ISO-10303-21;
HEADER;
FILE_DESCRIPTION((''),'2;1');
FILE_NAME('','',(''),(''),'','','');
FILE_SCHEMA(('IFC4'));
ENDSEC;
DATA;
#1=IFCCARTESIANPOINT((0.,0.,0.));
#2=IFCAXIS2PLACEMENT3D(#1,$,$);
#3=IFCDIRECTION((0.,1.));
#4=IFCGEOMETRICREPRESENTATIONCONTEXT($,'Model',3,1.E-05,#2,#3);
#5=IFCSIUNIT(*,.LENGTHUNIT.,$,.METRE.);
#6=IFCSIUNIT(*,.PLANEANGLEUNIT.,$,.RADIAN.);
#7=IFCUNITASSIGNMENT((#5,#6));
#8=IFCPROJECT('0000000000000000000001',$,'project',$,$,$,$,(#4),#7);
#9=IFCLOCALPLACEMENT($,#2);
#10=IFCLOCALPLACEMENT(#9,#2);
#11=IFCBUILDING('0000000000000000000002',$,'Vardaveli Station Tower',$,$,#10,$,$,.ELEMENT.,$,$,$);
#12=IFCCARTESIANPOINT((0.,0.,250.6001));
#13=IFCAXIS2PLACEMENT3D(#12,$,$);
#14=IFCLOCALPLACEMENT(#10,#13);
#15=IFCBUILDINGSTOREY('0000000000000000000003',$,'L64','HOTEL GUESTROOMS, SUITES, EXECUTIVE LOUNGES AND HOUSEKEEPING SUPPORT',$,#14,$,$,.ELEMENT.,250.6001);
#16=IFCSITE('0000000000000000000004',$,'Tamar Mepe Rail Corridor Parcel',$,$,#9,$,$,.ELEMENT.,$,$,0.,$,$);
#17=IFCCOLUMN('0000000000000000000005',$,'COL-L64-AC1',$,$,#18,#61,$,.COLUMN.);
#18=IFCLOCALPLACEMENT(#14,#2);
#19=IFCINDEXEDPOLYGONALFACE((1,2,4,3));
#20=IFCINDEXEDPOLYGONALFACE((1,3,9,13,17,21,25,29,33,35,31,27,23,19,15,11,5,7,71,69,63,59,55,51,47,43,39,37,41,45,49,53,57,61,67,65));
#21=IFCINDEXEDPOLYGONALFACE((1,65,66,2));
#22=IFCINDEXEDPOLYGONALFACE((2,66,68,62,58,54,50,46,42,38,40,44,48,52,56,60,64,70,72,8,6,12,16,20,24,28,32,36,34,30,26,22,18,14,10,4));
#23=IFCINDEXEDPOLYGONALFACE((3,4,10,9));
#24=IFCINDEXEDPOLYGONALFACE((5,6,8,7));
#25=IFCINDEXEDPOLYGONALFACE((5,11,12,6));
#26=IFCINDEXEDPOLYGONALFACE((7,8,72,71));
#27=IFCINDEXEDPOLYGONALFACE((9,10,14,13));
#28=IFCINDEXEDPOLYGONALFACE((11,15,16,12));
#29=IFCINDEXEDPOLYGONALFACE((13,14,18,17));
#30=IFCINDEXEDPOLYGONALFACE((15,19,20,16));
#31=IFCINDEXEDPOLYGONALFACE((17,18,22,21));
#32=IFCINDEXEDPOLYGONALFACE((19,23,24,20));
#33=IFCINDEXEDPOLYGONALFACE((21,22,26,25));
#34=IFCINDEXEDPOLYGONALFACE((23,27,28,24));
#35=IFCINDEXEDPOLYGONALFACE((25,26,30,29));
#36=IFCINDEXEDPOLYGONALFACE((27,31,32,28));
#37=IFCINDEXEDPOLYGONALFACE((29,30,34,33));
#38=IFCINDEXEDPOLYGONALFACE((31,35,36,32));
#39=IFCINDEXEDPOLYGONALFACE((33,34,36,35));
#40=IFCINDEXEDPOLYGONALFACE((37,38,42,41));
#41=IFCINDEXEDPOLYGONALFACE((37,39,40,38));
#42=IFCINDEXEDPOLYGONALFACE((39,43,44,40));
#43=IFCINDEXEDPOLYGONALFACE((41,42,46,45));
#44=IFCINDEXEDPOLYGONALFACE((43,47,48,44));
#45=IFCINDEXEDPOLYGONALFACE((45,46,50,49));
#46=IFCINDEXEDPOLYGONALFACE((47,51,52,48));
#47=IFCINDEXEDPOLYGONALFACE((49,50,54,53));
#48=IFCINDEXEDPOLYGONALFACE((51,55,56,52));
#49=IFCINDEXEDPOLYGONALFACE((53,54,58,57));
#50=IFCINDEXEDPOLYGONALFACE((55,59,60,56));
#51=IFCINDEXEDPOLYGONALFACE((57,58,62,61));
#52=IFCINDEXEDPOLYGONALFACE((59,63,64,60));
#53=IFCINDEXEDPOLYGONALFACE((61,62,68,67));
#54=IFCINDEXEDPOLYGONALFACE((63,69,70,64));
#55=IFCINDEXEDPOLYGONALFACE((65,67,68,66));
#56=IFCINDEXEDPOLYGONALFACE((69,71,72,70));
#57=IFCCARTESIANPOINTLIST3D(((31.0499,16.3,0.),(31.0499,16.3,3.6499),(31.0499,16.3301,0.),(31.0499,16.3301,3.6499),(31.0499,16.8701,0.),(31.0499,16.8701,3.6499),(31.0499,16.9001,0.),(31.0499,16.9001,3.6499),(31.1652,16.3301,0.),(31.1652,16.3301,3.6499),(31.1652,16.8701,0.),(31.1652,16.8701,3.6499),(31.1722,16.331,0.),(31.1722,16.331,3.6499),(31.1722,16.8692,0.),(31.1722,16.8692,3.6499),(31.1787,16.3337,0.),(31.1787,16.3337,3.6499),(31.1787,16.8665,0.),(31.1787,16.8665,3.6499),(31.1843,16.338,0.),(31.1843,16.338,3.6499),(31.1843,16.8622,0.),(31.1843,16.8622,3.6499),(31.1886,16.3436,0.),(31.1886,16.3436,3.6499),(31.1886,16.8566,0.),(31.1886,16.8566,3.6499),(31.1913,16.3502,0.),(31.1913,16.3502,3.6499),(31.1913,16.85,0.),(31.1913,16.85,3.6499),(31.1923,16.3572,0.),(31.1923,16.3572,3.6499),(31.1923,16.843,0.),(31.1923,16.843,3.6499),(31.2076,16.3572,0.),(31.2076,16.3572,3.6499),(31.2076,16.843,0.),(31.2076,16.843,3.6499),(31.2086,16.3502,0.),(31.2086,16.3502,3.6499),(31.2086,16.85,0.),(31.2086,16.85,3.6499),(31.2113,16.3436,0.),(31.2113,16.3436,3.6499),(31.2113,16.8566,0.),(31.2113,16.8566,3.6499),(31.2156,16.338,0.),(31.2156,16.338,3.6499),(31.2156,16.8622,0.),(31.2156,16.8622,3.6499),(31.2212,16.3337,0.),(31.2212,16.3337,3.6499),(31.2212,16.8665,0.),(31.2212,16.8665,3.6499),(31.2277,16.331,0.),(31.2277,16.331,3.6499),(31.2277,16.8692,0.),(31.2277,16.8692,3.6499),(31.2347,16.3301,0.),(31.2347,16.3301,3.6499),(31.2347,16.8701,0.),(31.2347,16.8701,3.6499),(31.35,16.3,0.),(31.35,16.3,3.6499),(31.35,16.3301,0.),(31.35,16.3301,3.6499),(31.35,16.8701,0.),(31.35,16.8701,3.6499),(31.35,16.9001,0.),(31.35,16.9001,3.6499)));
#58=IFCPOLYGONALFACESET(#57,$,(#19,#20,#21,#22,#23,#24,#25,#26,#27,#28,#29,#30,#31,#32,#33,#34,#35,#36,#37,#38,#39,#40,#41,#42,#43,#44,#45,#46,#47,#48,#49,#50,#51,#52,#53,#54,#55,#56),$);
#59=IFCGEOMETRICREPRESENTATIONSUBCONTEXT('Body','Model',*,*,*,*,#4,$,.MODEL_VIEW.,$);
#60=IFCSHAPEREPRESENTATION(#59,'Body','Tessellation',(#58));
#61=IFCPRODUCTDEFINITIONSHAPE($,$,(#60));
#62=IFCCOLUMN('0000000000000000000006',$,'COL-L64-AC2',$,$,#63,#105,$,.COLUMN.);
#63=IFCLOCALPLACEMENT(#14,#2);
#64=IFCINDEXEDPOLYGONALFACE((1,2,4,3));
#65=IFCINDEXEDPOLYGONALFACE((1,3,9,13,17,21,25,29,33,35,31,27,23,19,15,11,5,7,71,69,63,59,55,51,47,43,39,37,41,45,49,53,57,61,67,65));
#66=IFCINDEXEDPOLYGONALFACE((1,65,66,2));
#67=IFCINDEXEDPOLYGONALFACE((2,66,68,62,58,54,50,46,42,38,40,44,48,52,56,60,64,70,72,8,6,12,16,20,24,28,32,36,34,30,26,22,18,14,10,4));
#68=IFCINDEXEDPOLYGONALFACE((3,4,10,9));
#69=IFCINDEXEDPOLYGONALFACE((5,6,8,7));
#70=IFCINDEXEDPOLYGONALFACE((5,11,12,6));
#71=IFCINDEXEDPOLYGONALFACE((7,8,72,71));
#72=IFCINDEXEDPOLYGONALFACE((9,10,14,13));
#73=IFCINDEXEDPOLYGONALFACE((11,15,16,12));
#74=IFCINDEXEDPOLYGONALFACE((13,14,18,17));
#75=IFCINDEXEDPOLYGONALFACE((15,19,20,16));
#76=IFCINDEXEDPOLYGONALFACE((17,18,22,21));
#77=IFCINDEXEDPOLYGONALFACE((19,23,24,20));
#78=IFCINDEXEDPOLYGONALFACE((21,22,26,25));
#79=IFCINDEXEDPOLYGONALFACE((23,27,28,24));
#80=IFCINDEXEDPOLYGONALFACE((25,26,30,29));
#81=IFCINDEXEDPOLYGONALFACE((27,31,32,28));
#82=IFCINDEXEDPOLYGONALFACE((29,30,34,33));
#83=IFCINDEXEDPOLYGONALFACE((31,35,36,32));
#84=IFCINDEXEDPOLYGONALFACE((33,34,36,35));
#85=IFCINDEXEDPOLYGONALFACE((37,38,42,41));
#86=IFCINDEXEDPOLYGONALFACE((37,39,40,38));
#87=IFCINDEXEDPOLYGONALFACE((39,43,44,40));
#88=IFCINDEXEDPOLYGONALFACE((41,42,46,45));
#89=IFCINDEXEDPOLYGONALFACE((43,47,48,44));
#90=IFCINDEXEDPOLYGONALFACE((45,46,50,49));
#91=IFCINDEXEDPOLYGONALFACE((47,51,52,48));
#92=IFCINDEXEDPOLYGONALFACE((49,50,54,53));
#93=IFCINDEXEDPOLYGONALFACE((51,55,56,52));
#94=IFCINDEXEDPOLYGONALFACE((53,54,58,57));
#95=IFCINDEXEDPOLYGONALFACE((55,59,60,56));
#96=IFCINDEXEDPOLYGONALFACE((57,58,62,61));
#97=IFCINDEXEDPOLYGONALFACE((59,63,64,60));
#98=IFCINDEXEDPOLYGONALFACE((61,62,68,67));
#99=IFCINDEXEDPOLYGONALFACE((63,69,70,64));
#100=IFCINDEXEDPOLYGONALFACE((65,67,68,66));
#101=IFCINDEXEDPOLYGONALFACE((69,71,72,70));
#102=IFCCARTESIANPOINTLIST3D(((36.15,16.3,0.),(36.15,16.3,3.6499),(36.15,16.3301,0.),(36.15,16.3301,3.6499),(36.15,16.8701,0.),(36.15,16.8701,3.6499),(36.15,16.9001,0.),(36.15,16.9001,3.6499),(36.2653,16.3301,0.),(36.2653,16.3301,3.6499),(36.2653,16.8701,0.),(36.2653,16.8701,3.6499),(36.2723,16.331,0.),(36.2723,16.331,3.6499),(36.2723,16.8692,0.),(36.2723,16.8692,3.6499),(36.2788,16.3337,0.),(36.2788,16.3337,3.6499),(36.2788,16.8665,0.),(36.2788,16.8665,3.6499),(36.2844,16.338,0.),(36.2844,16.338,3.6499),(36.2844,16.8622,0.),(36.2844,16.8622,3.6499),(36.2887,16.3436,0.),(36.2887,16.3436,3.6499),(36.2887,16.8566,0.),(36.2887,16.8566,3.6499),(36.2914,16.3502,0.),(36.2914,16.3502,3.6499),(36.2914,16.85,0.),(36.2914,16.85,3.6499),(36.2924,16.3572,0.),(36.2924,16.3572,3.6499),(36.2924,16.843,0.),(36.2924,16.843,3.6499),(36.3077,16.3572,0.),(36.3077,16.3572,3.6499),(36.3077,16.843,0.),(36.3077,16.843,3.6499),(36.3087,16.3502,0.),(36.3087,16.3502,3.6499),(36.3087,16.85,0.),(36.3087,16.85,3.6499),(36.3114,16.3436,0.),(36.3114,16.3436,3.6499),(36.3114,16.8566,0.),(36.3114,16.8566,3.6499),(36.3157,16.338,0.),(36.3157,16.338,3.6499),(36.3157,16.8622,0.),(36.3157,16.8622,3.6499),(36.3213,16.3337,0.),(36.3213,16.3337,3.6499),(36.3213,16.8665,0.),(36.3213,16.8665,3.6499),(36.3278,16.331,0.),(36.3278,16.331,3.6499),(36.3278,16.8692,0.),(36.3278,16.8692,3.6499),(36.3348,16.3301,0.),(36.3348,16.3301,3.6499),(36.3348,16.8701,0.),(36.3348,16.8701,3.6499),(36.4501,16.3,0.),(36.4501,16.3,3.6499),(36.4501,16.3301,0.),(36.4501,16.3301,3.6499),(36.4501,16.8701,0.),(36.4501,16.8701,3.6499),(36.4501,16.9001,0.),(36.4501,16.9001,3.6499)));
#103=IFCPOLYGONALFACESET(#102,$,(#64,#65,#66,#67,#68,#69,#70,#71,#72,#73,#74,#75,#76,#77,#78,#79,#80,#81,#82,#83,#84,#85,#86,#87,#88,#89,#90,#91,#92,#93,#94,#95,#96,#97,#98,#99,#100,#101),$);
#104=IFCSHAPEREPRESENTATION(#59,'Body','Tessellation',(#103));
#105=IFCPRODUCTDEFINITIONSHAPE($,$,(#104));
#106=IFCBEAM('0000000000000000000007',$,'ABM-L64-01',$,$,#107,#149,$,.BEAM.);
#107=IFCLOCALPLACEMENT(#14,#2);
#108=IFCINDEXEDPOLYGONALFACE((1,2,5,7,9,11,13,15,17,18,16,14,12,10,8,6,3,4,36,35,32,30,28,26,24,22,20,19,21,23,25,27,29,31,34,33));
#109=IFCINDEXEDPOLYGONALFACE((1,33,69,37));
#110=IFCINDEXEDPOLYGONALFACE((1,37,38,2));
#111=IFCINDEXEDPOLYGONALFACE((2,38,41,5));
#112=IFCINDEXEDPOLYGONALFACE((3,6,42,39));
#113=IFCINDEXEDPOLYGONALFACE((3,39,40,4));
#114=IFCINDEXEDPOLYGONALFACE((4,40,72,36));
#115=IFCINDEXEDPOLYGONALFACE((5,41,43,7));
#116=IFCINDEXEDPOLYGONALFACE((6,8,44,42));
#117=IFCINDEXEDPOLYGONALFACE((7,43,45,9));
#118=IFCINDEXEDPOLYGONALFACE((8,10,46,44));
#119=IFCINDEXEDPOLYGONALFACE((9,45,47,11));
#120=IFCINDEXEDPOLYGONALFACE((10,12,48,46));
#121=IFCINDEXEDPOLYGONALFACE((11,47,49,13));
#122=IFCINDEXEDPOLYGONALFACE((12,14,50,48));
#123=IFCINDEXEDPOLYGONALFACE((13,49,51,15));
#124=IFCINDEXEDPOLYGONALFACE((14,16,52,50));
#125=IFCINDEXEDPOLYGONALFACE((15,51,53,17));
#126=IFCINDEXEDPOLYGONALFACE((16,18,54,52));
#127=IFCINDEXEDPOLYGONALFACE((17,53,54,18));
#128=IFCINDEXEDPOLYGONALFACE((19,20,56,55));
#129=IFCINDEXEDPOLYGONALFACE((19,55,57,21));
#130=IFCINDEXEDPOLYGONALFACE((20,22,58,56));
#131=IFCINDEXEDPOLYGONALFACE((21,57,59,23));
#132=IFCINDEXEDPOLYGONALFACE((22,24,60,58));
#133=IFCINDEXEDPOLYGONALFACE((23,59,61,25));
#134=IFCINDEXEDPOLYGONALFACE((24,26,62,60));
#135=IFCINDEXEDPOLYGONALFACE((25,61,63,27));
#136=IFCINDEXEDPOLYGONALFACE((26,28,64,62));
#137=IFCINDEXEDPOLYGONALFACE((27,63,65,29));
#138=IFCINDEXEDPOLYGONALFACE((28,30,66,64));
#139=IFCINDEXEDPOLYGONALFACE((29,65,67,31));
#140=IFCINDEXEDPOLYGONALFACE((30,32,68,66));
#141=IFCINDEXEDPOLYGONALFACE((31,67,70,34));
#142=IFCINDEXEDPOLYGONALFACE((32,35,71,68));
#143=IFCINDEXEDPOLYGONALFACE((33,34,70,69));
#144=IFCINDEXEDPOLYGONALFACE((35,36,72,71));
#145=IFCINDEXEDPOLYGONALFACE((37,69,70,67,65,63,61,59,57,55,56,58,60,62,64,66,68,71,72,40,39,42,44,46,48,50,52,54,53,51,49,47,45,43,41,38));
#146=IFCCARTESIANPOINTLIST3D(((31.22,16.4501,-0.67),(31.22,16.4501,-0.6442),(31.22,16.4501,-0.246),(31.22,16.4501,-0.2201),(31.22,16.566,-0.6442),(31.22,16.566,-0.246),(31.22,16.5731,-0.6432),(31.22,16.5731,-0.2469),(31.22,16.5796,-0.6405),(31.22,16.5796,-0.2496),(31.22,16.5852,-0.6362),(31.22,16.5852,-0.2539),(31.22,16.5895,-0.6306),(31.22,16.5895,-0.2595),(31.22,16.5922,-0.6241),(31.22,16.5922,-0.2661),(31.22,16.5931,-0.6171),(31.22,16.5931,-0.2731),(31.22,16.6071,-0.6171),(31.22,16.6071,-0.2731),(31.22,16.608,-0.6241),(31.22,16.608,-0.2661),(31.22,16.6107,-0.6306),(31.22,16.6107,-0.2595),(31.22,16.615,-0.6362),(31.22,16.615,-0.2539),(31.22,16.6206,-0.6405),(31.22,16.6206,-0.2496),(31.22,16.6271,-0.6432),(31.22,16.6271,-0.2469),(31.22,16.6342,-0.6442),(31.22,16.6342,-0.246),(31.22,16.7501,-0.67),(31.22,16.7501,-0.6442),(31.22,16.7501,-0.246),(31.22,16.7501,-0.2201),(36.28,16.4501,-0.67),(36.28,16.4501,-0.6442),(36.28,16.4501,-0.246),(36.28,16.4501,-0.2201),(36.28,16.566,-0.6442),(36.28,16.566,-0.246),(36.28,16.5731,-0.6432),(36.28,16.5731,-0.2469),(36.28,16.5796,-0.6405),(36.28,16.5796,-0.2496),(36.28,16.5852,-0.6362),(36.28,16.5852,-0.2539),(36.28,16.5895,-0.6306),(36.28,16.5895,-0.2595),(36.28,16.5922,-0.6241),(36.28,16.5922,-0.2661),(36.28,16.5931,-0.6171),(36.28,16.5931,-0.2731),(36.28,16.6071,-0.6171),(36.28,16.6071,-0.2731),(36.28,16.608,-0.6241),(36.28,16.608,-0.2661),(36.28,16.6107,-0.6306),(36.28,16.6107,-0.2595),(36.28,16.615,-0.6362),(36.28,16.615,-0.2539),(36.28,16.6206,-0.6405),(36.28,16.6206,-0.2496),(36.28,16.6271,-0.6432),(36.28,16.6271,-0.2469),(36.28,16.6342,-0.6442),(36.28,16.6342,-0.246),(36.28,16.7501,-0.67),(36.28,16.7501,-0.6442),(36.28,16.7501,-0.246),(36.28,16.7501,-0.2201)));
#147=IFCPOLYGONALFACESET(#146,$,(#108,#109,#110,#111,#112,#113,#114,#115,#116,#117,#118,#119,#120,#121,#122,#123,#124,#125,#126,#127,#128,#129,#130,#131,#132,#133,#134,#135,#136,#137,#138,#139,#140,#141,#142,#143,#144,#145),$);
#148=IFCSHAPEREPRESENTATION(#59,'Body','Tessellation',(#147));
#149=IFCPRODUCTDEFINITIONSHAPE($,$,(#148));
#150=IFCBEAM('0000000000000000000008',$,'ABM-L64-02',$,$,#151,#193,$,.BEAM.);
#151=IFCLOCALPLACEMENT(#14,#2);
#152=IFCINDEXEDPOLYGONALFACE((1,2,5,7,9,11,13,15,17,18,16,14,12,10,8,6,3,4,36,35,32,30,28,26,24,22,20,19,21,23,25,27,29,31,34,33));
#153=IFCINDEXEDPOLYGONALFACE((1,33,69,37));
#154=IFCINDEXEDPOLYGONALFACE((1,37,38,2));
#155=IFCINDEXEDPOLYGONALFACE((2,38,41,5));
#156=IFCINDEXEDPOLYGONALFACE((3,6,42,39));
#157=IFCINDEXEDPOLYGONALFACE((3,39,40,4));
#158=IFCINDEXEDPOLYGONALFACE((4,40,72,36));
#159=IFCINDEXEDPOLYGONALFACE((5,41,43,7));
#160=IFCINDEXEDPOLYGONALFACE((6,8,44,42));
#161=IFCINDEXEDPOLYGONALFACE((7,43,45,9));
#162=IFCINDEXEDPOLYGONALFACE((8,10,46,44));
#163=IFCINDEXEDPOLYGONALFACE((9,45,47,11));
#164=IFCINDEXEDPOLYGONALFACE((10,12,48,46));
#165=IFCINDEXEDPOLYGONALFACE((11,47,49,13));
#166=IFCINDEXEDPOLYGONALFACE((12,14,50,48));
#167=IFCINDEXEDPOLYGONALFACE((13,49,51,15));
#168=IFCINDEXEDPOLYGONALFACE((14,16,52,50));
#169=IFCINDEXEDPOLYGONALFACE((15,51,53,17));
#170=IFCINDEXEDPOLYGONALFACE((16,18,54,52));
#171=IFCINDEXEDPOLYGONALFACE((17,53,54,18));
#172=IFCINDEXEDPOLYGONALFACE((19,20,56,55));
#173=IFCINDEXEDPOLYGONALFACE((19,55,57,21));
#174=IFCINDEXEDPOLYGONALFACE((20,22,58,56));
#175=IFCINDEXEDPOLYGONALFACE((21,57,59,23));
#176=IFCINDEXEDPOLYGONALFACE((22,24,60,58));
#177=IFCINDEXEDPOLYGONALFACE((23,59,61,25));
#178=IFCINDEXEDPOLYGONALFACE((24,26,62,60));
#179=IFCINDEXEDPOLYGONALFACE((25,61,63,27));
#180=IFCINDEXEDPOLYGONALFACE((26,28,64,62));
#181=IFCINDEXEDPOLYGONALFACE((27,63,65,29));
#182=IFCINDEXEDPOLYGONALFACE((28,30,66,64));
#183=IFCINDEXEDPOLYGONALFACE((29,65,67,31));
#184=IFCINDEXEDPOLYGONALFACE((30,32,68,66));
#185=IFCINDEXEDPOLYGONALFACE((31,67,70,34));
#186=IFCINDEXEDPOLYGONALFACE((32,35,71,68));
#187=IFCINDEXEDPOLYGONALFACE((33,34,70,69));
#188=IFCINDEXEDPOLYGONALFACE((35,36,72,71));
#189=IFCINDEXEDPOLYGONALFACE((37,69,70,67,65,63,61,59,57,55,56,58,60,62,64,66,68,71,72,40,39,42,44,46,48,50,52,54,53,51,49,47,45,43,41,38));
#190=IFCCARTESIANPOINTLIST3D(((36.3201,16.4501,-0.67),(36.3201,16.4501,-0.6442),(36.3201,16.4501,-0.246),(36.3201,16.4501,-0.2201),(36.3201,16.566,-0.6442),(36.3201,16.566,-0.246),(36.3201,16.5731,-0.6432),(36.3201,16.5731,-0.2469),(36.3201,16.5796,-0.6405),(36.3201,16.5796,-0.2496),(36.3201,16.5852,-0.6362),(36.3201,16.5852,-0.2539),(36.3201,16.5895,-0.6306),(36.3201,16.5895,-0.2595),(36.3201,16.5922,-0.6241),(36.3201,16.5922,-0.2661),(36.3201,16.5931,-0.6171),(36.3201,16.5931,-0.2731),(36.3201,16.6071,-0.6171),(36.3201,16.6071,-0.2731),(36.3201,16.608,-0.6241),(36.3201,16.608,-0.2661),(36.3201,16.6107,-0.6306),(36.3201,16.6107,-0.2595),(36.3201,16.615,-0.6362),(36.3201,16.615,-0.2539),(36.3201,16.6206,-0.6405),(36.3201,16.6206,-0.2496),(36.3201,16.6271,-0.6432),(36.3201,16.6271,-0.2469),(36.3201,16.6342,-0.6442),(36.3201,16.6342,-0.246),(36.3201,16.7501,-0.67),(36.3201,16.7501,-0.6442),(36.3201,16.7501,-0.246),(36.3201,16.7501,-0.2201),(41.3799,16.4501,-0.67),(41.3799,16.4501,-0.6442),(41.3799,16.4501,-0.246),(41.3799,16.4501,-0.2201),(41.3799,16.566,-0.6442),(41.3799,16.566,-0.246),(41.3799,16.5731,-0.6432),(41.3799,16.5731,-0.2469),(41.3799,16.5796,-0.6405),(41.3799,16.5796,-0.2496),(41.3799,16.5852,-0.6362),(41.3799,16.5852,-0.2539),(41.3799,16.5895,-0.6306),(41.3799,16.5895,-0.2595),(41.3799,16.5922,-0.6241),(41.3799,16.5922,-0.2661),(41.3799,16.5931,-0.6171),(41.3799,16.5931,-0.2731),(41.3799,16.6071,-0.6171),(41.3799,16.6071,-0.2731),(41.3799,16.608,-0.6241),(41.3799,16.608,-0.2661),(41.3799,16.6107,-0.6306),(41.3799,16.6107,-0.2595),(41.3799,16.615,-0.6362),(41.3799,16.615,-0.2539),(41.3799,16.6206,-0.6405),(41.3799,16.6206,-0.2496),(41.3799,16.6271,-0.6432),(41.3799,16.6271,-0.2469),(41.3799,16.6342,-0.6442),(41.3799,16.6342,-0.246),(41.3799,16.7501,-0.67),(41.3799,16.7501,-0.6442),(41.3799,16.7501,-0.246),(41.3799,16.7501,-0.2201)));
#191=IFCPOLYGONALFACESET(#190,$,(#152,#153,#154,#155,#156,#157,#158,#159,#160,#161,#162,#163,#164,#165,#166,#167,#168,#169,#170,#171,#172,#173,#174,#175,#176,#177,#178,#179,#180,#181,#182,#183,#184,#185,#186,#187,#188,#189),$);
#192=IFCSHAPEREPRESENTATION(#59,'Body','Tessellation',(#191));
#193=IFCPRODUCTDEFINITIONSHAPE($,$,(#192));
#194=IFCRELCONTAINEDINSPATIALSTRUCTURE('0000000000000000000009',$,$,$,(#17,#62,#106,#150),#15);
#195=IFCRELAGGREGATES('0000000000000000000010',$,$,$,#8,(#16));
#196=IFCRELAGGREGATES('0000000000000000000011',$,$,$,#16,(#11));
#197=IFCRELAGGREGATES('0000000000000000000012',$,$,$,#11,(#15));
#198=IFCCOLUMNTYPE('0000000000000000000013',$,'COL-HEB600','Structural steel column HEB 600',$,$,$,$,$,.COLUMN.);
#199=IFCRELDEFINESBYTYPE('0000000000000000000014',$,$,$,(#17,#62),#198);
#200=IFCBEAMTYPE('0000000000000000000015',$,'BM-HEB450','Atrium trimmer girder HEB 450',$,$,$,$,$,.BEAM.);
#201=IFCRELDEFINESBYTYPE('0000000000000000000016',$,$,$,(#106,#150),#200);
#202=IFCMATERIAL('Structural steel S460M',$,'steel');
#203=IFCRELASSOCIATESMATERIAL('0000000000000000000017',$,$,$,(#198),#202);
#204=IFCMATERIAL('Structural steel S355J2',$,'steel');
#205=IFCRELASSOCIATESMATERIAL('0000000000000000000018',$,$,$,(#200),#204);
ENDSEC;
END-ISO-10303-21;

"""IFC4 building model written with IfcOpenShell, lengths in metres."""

from ifc_helpers import new_model, si_unit, direction, frame, origin, origin_2d, place, context, subcontext, project, spatial, i_section, extrude, source, transform, mapped, material, material_profile, profile_set, type_object, element, save


model = new_model("IFC4")

# Units and contexts
model_context = context("Model", 3, precision=1e-05, world=origin(), true_north=direction((0.0, 1.0)))
body_context = subcontext(model_context, "Body", "Model", "MODEL_VIEW")
ifc_project = project(units=[si_unit("LENGTHUNIT", "METRE"), si_unit("PLANEANGLEUNIT", "RADIAN")], contexts=[model_context])

# Site, building, storey
site_placement = place(None, origin())
site = spatial("IfcSite", under=ifc_project, at=site_placement, Name="Tamar Mepe Rail Corridor Parcel", CompositionType="ELEMENT", RefElevation=0.0)
building_placement = place(site_placement, origin())
building = spatial("IfcBuilding", under=site, at=building_placement, Name="Vardaveli Station Tower", CompositionType="ELEMENT")
storey_placement = place(building_placement, frame((0.0, 0.0, 250.6001)))
storey = spatial("IfcBuildingStorey", under=building, at=storey_placement, Name="L64", Description="HOTEL GUESTROOMS, SUITES, EXECUTIVE LOUNGES AND HOUSEKEEPING SUPPORT", CompositionType="ELEMENT", Elevation=250.6001)

# Columns
ifc_material_1 = material(Name="Structural steel S460M", Category="steel")
ifc_material_profile_1 = material_profile(ifc_material_1, i_section(OverallWidth=0.3, OverallDepth=0.6001, WebThickness=0.0154, FlangeThickness=0.03, FilletRadius=0.0271, at=origin_2d()), Name="HEB 600")
ifc_profile_set_1 = profile_set([ifc_material_profile_1], Name="Structural steel S460M")
column_type = type_object("IfcColumnType", Name="COL-HEB600", Description="Structural steel column HEB 600", PredefinedType="COLUMN", material=ifc_profile_set_1)
shared_shape_1 = source(origin(), body_context, "Body", "SweptSolid", [
    extrude(i_section(OverallWidth=0.3, OverallDepth=0.6001, WebThickness=0.0154, FlangeThickness=0.03, FilletRadius=0.0271, at=origin_2d()), origin(), (0.0, 0.0, 1.0), 3.6499),
])
for number, where, z_axis, x_axis, name in (
    (1, (31.2, 16.6001, 0.0), (0.0, 0.0, 1.0), (1.0, 0.0, 0.0), "COL-L64-AC1"),
    (2, (36.3, 16.6001, 0.0), (0.0, 0.0, 1.0), (1.0, 0.0, 0.0), "COL-L64-AC2"),
):
    element("IfcColumn", number, at=place(storey_placement, frame(where, z_axis=z_axis, x_axis=x_axis)), inside=storey, type_object=column_type, Name=name, PredefinedType="COLUMN", context=body_context, shape_type="MappedRepresentation", body=[
        mapped(shared_shape_1, transform((0.0, 0.0, 0.0), scale=1.0)),
    ])

# Beams
ifc_material_2 = material(Name="Structural steel S355J2", Category="steel")
ifc_material_profile_2 = material_profile(ifc_material_2, i_section(OverallWidth=0.3, OverallDepth=0.45, WebThickness=0.0139, FlangeThickness=0.0259, FilletRadius=0.0271, at=origin_2d()), Name="HEB 450")
ifc_profile_set_2 = profile_set([ifc_material_profile_2], Name="Structural steel S355J2")
beam_type_1 = type_object("IfcBeamType", Name="BM-HEB450", Description="Atrium trimmer girder HEB 450", PredefinedType="BEAM", material=ifc_profile_set_2)
shared_shape_2 = source(origin(), body_context, "Body", "SweptSolid", [
    extrude(i_section(OverallWidth=0.3, OverallDepth=0.45, WebThickness=0.0139, FlangeThickness=0.0259, FilletRadius=0.0271, at=origin_2d()), origin(), (0.0, 0.0, 1.0), 5.0601),
])
beam_1_placement = place(storey_placement, frame((31.22, 16.6001, -0.4451), z_axis=(1.0, 0.0, 0.0), x_axis=(0.0, 1.0, 0.0)))
element("IfcBeam", 3, at=beam_1_placement, inside=storey, type_object=beam_type_1, Name="ABM-L64-01", PredefinedType="BEAM", context=body_context, shape_type="MappedRepresentation", body=[
    mapped(shared_shape_2, transform((0.0, 0.0, 0.0), scale=1.0)),
])
shared_shape_3 = source(origin(), body_context, "Body", "SweptSolid", [
    extrude(i_section(OverallWidth=0.3, OverallDepth=0.45, WebThickness=0.0139, FlangeThickness=0.0259, FilletRadius=0.0271, at=origin_2d()), origin(), (0.0, 0.0, 1.0), 5.0598),
])
beam_2_placement = place(storey_placement, frame((36.3201, 16.6001, -0.4451), z_axis=(1.0, 0.0, 0.0), x_axis=(0.0, 1.0, 0.0)))
element("IfcBeam", 4, at=beam_2_placement, inside=storey, type_object=beam_type_1, Name="ABM-L64-02", PredefinedType="BEAM", context=body_context, shape_type="MappedRepresentation", body=[
    mapped(shared_shape_3, transform((0.0, 0.0, 0.0), scale=1.0)),
])

save(model, "model.ifc")
